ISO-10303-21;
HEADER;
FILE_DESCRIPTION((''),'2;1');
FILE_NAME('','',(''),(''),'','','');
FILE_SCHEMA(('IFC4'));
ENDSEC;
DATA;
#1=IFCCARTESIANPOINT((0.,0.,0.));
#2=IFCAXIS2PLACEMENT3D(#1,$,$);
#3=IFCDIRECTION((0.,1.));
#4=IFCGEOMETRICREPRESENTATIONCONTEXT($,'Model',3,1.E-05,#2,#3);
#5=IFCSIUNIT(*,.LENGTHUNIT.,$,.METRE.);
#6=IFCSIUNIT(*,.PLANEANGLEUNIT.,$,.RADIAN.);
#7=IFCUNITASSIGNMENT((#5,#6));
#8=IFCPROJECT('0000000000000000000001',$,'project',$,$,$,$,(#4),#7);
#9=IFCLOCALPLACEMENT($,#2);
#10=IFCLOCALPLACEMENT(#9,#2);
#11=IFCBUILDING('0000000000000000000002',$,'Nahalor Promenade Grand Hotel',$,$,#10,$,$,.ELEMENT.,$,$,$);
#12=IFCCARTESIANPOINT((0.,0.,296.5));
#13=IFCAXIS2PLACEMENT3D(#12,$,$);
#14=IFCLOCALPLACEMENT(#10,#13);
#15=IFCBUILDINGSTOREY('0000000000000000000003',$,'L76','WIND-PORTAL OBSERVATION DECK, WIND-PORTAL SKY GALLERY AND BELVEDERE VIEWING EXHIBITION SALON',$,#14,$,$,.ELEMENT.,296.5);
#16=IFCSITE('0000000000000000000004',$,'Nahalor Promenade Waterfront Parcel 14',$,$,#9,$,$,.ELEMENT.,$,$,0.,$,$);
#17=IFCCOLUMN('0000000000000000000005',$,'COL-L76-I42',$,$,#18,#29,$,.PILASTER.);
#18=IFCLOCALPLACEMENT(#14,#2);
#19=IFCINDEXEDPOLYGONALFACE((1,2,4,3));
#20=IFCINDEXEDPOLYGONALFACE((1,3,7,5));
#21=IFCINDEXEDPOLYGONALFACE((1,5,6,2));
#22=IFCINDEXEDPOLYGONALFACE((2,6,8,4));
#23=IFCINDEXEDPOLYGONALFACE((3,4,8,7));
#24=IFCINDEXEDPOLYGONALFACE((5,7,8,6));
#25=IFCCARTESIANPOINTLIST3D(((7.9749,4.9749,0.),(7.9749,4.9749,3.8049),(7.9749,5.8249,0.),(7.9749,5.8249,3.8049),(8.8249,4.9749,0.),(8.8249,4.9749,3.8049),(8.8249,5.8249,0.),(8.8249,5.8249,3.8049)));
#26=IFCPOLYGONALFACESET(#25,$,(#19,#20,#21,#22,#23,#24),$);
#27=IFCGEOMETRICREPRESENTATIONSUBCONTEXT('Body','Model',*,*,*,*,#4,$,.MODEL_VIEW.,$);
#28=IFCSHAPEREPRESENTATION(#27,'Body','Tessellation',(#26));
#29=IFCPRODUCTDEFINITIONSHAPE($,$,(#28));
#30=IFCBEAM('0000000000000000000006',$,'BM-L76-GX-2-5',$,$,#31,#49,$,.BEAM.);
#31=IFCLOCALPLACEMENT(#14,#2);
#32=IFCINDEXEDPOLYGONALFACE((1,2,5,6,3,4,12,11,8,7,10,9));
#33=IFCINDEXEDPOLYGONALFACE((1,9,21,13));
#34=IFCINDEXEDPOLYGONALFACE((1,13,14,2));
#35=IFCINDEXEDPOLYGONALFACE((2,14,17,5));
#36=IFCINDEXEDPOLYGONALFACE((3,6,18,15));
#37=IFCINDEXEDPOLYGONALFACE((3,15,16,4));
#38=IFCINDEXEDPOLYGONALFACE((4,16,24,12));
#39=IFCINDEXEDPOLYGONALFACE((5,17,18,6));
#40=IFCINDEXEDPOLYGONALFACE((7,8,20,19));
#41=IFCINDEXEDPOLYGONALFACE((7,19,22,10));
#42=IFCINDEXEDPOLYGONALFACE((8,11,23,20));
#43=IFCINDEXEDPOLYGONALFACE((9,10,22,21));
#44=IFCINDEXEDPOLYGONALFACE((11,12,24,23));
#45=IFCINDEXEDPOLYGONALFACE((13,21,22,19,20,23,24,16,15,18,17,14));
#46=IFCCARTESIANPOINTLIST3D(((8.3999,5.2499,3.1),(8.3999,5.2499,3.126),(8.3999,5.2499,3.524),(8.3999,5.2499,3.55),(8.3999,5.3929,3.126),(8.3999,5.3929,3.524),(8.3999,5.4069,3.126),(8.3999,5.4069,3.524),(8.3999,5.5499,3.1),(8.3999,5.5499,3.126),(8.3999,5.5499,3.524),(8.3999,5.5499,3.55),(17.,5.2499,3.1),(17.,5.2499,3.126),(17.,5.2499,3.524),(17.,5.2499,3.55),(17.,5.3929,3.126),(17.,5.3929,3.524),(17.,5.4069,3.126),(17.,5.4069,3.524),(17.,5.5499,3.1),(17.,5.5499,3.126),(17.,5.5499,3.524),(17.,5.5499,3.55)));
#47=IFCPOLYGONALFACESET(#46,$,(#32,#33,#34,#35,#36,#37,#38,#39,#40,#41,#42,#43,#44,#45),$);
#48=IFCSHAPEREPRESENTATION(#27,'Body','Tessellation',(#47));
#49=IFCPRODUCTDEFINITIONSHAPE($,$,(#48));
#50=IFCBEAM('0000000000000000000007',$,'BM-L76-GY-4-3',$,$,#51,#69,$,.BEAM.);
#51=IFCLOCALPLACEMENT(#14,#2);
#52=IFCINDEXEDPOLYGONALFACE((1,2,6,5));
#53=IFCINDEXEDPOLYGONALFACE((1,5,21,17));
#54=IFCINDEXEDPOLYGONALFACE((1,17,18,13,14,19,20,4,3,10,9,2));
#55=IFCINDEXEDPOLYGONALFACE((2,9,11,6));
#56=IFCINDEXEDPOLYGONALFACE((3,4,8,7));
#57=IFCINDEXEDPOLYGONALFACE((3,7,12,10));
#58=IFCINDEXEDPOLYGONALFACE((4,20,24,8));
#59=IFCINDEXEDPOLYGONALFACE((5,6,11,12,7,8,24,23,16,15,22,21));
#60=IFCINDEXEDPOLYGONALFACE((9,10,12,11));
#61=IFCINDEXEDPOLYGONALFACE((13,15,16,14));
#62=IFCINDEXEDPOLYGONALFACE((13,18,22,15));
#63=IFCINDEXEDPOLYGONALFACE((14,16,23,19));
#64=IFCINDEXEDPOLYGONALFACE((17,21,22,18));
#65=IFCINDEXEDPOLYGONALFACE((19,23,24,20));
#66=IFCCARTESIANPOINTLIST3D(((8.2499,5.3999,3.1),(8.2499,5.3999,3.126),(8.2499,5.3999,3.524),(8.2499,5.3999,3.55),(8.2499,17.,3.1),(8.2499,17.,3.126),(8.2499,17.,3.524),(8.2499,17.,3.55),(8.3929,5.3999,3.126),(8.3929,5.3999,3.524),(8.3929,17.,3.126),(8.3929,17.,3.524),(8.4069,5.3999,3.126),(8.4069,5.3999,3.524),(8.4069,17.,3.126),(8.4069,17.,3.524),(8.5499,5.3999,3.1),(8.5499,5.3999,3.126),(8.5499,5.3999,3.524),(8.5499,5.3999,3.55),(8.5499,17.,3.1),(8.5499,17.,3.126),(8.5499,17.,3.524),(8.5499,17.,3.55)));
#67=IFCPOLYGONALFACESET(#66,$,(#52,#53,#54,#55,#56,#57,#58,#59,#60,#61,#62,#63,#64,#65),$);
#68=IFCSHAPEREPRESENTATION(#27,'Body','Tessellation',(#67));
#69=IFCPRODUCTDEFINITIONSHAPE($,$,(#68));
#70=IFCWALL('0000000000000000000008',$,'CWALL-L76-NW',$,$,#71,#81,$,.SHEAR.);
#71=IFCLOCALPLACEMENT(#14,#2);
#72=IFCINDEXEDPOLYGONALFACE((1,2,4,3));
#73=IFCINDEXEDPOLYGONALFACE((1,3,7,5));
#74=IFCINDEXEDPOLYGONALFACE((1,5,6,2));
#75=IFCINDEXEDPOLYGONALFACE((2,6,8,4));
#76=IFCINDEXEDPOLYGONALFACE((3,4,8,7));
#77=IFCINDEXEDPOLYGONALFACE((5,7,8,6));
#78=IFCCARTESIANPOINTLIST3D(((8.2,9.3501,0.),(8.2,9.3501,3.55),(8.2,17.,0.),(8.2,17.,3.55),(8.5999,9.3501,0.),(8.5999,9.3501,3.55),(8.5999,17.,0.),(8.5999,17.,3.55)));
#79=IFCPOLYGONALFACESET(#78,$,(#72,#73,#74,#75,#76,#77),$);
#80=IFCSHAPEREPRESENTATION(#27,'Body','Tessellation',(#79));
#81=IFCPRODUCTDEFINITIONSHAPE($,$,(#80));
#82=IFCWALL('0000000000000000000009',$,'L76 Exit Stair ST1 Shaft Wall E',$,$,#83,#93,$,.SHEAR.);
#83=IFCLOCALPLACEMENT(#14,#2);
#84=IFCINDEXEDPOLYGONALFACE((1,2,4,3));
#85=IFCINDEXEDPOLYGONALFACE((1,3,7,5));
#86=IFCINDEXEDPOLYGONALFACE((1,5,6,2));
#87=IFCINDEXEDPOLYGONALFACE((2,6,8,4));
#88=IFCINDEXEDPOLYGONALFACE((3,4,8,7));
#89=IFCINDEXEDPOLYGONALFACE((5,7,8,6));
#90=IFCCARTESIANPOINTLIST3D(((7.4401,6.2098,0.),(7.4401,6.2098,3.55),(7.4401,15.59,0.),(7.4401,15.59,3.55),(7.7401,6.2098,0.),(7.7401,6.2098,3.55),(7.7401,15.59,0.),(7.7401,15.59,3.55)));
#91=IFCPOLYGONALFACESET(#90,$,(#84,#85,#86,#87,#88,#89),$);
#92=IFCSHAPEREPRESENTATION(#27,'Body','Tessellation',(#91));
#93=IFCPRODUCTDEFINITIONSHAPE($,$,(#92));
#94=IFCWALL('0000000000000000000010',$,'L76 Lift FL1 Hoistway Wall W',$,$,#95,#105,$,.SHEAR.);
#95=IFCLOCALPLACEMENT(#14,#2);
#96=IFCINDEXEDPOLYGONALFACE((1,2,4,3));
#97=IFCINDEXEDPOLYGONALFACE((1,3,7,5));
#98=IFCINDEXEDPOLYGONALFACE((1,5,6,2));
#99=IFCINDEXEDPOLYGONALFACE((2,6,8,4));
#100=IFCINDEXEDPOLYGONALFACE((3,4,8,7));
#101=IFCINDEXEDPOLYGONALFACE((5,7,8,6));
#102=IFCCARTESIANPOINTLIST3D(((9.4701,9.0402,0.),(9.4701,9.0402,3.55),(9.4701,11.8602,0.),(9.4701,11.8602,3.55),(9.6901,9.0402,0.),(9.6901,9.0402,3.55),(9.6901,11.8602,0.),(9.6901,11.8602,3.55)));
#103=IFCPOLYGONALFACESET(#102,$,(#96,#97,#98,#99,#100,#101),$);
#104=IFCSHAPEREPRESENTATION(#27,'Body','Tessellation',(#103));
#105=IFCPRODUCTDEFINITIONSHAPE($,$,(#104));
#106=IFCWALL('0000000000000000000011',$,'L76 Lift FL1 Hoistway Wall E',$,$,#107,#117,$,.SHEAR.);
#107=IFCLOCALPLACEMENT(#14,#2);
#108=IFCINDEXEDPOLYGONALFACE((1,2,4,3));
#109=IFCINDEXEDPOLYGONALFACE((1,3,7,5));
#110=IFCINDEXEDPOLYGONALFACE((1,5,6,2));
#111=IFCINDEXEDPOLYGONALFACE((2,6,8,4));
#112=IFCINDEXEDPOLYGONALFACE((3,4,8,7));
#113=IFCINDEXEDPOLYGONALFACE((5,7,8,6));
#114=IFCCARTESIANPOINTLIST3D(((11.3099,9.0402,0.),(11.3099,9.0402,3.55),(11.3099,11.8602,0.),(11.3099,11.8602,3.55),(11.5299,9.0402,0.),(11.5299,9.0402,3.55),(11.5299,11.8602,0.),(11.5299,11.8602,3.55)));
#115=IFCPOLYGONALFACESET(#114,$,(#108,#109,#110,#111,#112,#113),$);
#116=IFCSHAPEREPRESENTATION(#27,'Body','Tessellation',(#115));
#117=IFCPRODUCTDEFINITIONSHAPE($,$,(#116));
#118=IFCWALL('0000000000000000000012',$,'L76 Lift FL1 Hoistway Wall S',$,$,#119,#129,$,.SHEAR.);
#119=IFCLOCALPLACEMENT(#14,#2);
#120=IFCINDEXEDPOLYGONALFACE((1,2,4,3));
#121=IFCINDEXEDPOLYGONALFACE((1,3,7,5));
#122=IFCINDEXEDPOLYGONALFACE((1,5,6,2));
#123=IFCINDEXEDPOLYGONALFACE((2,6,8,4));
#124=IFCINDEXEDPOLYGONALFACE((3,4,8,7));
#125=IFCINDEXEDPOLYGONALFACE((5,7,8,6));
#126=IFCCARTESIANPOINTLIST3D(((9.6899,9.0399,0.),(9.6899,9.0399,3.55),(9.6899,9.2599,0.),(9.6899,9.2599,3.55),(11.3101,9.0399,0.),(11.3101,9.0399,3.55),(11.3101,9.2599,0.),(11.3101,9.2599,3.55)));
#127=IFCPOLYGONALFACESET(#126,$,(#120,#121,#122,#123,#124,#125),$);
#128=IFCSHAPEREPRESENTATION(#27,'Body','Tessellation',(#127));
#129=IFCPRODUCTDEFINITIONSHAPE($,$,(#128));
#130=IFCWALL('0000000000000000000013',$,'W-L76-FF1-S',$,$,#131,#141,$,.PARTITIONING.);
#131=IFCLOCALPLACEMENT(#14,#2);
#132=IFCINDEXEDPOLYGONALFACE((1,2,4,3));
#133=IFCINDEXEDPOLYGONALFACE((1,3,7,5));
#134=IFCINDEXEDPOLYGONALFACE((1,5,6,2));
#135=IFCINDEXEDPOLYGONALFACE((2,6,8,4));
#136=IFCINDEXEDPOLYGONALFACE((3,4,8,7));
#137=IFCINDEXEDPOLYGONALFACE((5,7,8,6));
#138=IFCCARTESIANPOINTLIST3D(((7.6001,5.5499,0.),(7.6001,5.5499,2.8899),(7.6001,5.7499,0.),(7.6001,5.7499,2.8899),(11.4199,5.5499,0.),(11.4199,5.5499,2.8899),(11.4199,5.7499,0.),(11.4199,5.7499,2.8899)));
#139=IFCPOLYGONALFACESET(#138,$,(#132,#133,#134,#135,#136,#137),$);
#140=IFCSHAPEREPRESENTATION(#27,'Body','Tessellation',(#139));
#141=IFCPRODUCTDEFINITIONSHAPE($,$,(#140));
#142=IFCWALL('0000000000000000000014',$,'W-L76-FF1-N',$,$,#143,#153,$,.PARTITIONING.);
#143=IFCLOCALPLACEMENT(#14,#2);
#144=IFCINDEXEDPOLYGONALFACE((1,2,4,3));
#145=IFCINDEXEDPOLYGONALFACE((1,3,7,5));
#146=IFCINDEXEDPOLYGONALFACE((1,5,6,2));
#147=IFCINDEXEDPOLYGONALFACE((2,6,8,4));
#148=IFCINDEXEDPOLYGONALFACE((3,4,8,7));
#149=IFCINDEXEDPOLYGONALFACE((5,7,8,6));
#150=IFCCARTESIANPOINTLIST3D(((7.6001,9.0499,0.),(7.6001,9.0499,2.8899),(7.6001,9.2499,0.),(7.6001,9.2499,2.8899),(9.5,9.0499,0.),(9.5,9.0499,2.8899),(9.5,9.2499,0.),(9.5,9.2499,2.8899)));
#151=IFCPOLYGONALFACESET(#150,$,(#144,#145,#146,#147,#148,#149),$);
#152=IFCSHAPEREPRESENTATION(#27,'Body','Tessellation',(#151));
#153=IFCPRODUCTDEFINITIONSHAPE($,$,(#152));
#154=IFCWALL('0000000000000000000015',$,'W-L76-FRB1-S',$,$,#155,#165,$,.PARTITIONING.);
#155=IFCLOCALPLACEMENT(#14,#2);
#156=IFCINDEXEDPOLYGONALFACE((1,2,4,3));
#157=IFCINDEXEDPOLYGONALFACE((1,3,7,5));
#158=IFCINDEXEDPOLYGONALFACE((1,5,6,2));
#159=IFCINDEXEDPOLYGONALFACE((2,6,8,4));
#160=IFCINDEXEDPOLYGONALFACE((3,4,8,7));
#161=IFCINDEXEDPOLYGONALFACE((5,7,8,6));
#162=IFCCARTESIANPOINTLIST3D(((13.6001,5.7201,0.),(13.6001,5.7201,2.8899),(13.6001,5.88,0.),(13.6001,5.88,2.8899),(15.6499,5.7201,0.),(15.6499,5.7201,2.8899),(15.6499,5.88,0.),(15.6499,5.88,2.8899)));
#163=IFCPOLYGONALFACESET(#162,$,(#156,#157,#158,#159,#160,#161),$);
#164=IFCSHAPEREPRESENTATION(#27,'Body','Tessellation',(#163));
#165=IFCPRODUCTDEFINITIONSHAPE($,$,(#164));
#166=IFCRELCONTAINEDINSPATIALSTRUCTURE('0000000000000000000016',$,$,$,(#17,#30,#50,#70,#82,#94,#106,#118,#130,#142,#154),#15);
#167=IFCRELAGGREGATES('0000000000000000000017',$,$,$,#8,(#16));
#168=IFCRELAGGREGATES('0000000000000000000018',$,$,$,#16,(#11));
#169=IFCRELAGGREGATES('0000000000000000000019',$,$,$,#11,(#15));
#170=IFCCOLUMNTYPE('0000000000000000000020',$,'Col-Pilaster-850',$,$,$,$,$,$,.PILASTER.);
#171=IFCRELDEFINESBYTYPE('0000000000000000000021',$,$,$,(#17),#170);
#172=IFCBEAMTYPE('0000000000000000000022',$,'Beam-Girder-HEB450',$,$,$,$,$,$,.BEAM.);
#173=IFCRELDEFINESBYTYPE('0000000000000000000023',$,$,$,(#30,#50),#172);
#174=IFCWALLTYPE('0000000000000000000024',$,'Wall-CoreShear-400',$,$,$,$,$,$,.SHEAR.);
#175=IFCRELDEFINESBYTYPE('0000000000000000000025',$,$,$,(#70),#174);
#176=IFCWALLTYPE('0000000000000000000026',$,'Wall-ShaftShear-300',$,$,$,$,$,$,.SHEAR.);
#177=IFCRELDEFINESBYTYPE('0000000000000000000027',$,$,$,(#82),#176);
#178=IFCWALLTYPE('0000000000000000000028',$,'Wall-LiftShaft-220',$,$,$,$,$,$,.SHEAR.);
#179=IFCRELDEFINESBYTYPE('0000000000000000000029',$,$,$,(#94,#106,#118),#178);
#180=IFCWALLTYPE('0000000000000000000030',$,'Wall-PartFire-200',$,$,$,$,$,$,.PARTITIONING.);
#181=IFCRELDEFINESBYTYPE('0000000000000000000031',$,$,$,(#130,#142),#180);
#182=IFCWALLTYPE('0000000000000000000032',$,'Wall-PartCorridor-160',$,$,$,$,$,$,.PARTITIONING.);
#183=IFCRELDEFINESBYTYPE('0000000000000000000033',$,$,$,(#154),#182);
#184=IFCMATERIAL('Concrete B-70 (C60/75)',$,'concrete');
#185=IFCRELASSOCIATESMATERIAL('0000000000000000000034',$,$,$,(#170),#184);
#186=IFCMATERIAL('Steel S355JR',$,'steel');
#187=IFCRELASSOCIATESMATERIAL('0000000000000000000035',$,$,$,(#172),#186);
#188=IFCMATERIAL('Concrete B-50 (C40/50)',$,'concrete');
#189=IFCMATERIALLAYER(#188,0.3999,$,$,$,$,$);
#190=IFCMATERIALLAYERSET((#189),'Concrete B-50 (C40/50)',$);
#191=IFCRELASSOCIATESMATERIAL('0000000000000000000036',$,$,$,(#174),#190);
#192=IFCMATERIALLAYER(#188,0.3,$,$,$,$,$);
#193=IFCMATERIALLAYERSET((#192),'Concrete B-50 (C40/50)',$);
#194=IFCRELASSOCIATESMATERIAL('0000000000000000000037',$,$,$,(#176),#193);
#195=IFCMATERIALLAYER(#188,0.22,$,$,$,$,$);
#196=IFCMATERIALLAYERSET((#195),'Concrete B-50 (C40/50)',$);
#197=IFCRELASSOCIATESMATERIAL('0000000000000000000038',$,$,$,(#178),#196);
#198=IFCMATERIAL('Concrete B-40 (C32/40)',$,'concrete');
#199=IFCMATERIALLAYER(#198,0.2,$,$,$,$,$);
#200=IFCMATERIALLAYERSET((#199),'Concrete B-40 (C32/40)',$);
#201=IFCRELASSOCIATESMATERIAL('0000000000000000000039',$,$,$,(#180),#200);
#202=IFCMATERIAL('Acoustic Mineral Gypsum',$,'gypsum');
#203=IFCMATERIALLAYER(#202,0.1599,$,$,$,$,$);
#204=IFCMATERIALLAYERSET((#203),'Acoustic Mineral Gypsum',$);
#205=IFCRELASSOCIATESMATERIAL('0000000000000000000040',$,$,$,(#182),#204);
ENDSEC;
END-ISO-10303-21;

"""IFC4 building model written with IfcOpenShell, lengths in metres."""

from ifc_helpers import new_model, si_unit, direction, frame, frame_2d, origin, origin_2d, place, context, subcontext, project, spatial, rectangle, i_section, extrude, source, transform, mapped, material, layer, layer_set, material_profile, profile_set, type_object, element, save


model = new_model("IFC4")

# Units and contexts
model_context = context("Model", 3, precision=1e-05, world=origin(), true_north=direction((0.0, 1.0)))
body_context = subcontext(model_context, "Body", "Model", "MODEL_VIEW")
ifc_project = project(units=[si_unit("LENGTHUNIT", "METRE"), si_unit("PLANEANGLEUNIT", "RADIAN")], contexts=[model_context])

# Site, building, storey
site_placement = place(None, origin())
site = spatial("IfcSite", under=ifc_project, at=site_placement, Name="Nahalor Promenade Waterfront Parcel 14", CompositionType="ELEMENT", RefElevation=0.0)
building_placement = place(site_placement, origin())
building = spatial("IfcBuilding", under=site, at=building_placement, Name="Nahalor Promenade Grand Hotel", CompositionType="ELEMENT")
storey_placement = place(building_placement, frame((0.0, 0.0, 296.5)))
storey = spatial("IfcBuildingStorey", under=building, at=storey_placement, Name="L76", Description="WIND-PORTAL OBSERVATION DECK, WIND-PORTAL SKY GALLERY AND BELVEDERE VIEWING EXHIBITION SALON", CompositionType="ELEMENT", Elevation=296.5)

# Column
ifc_material_1 = material(Name="Concrete B-70 (C60/75)", Category="concrete")
ifc_material_profile_1 = material_profile(ifc_material_1, rectangle(XDim=0.85, YDim=0.85, at=origin_2d()), Name="RC 850x850")
ifc_profile_set_1 = profile_set([ifc_material_profile_1], Name="Concrete B-70 (C60/75)")
column_type = type_object("IfcColumnType", Name="Col-Pilaster-850", PredefinedType="PILASTER", material=ifc_profile_set_1)
shared_shape_1 = source(origin(), body_context, "Body", "SweptSolid", [
    extrude(rectangle(XDim=0.85, YDim=0.85, at=origin_2d()), origin(), (0.0, 0.0, 1.0), 3.8049),
])
column_placement = place(storey_placement, frame((8.3999, 5.3999, 0.0), z_axis=(0.0, 0.0, 1.0), x_axis=(1.0, 0.0, 0.0)))
element("IfcColumn", 1, at=column_placement, inside=storey, type_object=column_type, Name="COL-L76-I42", PredefinedType="PILASTER", context=body_context, shape_type="MappedRepresentation", body=[
    mapped(shared_shape_1, transform((0.0, 0.0, 0.0), scale=1.0)),
])

# Beams
ifc_material_2 = material(Name="Steel S355JR", Category="steel")
ifc_material_profile_2 = material_profile(ifc_material_2, i_section(OverallWidth=0.3, OverallDepth=0.45, WebThickness=0.014, FlangeThickness=0.026, at=origin_2d()), Name="HEB 450")
ifc_profile_set_2 = profile_set([ifc_material_profile_2], Name="Steel S355JR")
beam_type = type_object("IfcBeamType", Name="Beam-Girder-HEB450", PredefinedType="BEAM", material=ifc_profile_set_2)
shared_shape_2 = source(origin(), body_context, "Body", "SweptSolid", [
    extrude(i_section(OverallWidth=0.3, OverallDepth=0.45, WebThickness=0.014, FlangeThickness=0.026, at=origin_2d()), origin(), (0.0, 0.0, 1.0), 8.6001),
])
beam_1_placement = place(storey_placement, frame((8.3999, 5.3999, 3.325), z_axis=(1.0, 0.0, 0.0), x_axis=(0.0, 1.0, 0.0)))
element("IfcBeam", 2, at=beam_1_placement, inside=storey, type_object=beam_type, Name="BM-L76-GX-2-5", PredefinedType="BEAM", context=body_context, shape_type="MappedRepresentation", body=[
    mapped(shared_shape_2, transform((0.0, 0.0, 0.0), scale=1.0)),
])
shared_shape_3 = source(origin(), body_context, "Body", "SweptSolid", [
    extrude(i_section(OverallWidth=0.3, OverallDepth=0.45, WebThickness=0.014, FlangeThickness=0.026, at=origin_2d()), origin(), (0.0, 0.0, 1.0), 11.6001),
])
beam_2_placement = place(storey_placement, frame((8.3999, 5.3999, 3.325), z_axis=(0.0, 1.0, 0.0), x_axis=(-1.0, 0.0, 0.0)))
element("IfcBeam", 3, at=beam_2_placement, inside=storey, type_object=beam_type, Name="BM-L76-GY-4-3", PredefinedType="BEAM", context=body_context, shape_type="MappedRepresentation", body=[
    mapped(shared_shape_3, transform((0.0, 0.0, 0.0), scale=1.0)),
])

# Walls
ifc_material_3 = material(Name="Concrete B-50 (C40/50)", Category="concrete")
ifc_layer_1 = layer(ifc_material_3, 0.3999)
ifc_layer_set_1 = layer_set([ifc_layer_1], Name="Concrete B-50 (C40/50)")
wall_type_1 = type_object("IfcWallType", Name="Wall-CoreShear-400", PredefinedType="SHEAR", material=ifc_layer_set_1)
shared_shape_4 = source(origin(), body_context, "Body", "SweptSolid", [
    extrude(rectangle(XDim=7.6499, YDim=0.3999, at=frame_2d((3.825, 0.0))), origin(), (0.0, 0.0, 1.0), 3.55),
])
wall_1_placement = place(storey_placement, frame((8.3999, 9.3501, 0.0), z_axis=(0.0, 0.0, 1.0), x_axis=(0.0, 1.0, 0.0)))
element("IfcWall", 4, at=wall_1_placement, inside=storey, type_object=wall_type_1, Name="CWALL-L76-NW", PredefinedType="SHEAR", context=body_context, shape_type="MappedRepresentation", body=[
    mapped(shared_shape_4, transform((0.0, 0.0, 0.0), scale=1.0)),
])
ifc_layer_2 = layer(ifc_material_3, 0.3)
ifc_layer_set_2 = layer_set([ifc_layer_2], Name="Concrete B-50 (C40/50)")
wall_type_2 = type_object("IfcWallType", Name="Wall-ShaftShear-300", PredefinedType="SHEAR", material=ifc_layer_set_2)
shared_shape_5 = source(origin(), body_context, "Body", "SweptSolid", [
    extrude(rectangle(XDim=9.3801, YDim=0.3, at=frame_2d((4.6899, 0.0))), origin(), (0.0, 0.0, 1.0), 3.55),
])
wall_2_placement = place(storey_placement, frame((7.5901, 6.21, 0.0), z_axis=(0.0, 0.0, 1.0), x_axis=(0.0, 1.0, 0.0)))
element("IfcWall", 5, at=wall_2_placement, inside=storey, type_object=wall_type_2, Name="L76 Exit Stair ST1 Shaft Wall E", PredefinedType="SHEAR", context=body_context, shape_type="MappedRepresentation", body=[
    mapped(shared_shape_5, transform((0.0, 0.0, 0.0), scale=1.0)),
])
ifc_layer_3 = layer(ifc_material_3, 0.22)
ifc_layer_set_3 = layer_set([ifc_layer_3], Name="Concrete B-50 (C40/50)")
wall_type_3 = type_object("IfcWallType", Name="Wall-LiftShaft-220", PredefinedType="SHEAR", material=ifc_layer_set_3)
shared_shape_6 = source(origin(), body_context, "Body", "SweptSolid", [
    extrude(rectangle(XDim=2.8201, YDim=0.22, at=frame_2d((1.4102, 0.0))), origin(), (0.0, 0.0, 1.0), 3.55),
])
for number, where, z_axis, x_axis, name in (
    (6, (9.5801, 9.04, 0.0), (0.0, 0.0, 1.0), (0.0, 1.0, 0.0), "L76 Lift FL1 Hoistway Wall W"),
    (7, (11.4199, 9.04, 0.0), (0.0, 0.0, 1.0), (0.0, 1.0, 0.0), "L76 Lift FL1 Hoistway Wall E"),
):
    element("IfcWall", number, at=place(storey_placement, frame(where, z_axis=z_axis, x_axis=x_axis)), inside=storey, type_object=wall_type_3, Name=name, PredefinedType="SHEAR", context=body_context, shape_type="MappedRepresentation", body=[
        mapped(shared_shape_6, transform((0.0, 0.0, 0.0), scale=1.0)),
    ])
shared_shape_7 = source(origin(), body_context, "Body", "SweptSolid", [
    extrude(rectangle(XDim=1.6201, YDim=0.22, at=frame_2d((0.8101, 0.0))), origin(), (0.0, 0.0, 1.0), 3.55),
])
wall_3_placement = place(storey_placement, frame((9.6899, 9.1499, 0.0), z_axis=(0.0, 0.0, 1.0), x_axis=(1.0, 0.0, 0.0)))
element("IfcWall", 8, at=wall_3_placement, inside=storey, type_object=wall_type_3, Name="L76 Lift FL1 Hoistway Wall S", PredefinedType="SHEAR", context=body_context, shape_type="MappedRepresentation", body=[
    mapped(shared_shape_7, transform((0.0, 0.0, 0.0), scale=1.0)),
])
ifc_material_4 = material(Name="Concrete B-40 (C32/40)", Category="concrete")
ifc_layer_4 = layer(ifc_material_4, 0.2)
ifc_layer_set_4 = layer_set([ifc_layer_4], Name="Concrete B-40 (C32/40)")
wall_type_4 = type_object("IfcWallType", Name="Wall-PartFire-200", PredefinedType="PARTITIONING", material=ifc_layer_set_4)
shared_shape_8 = source(origin(), body_context, "Body", "SweptSolid", [
    extrude(rectangle(XDim=3.8198, YDim=0.2, at=frame_2d((1.9099, 0.0))), origin(), (0.0, 0.0, 1.0), 2.8899),
])
wall_4_placement = place(storey_placement, frame((7.6001, 5.6499, 0.0), z_axis=(0.0, 0.0, 1.0), x_axis=(1.0, 0.0, 0.0)))
element("IfcWall", 9, at=wall_4_placement, inside=storey, type_object=wall_type_4, Name="W-L76-FF1-S", PredefinedType="PARTITIONING", context=body_context, shape_type="MappedRepresentation", body=[
    mapped(shared_shape_8, transform((0.0, 0.0, 0.0), scale=1.0)),
])
shared_shape_9 = source(origin(), body_context, "Body", "SweptSolid", [
    extrude(rectangle(XDim=1.8999, YDim=0.2, at=frame_2d((0.95, 0.0))), origin(), (0.0, 0.0, 1.0), 2.8899),
])
wall_5_placement = place(storey_placement, frame((7.6001, 9.1499, 0.0), z_axis=(0.0, 0.0, 1.0), x_axis=(1.0, 0.0, 0.0)))
element("IfcWall", 10, at=wall_5_placement, inside=storey, type_object=wall_type_4, Name="W-L76-FF1-N", PredefinedType="PARTITIONING", context=body_context, shape_type="MappedRepresentation", body=[
    mapped(shared_shape_9, transform((0.0, 0.0, 0.0), scale=1.0)),
])

# Wall
ifc_material_5 = material(Name="Acoustic Mineral Gypsum", Category="gypsum")
ifc_layer_5 = layer(ifc_material_5, 0.1599)
ifc_layer_set_5 = layer_set([ifc_layer_5], Name="Acoustic Mineral Gypsum")
wall_type_5 = type_object("IfcWallType", Name="Wall-PartCorridor-160", PredefinedType="PARTITIONING", material=ifc_layer_set_5)
shared_shape_10 = source(origin(), body_context, "Body", "SweptSolid", [
    extrude(rectangle(XDim=2.0498, YDim=0.1599, at=frame_2d((1.0249, 0.0))), origin(), (0.0, 0.0, 1.0), 2.8899),
])
wall_6_placement = place(storey_placement, frame((13.6001, 5.8, 0.0), z_axis=(0.0, 0.0, 1.0), x_axis=(1.0, 0.0, 0.0)))
element("IfcWall", 11, at=wall_6_placement, inside=storey, type_object=wall_type_5, Name="W-L76-FRB1-S", PredefinedType="PARTITIONING", context=body_context, shape_type="MappedRepresentation", body=[
    mapped(shared_shape_10, transform((0.0, 0.0, 0.0), scale=1.0)),
])

save(model, "model.ifc")
